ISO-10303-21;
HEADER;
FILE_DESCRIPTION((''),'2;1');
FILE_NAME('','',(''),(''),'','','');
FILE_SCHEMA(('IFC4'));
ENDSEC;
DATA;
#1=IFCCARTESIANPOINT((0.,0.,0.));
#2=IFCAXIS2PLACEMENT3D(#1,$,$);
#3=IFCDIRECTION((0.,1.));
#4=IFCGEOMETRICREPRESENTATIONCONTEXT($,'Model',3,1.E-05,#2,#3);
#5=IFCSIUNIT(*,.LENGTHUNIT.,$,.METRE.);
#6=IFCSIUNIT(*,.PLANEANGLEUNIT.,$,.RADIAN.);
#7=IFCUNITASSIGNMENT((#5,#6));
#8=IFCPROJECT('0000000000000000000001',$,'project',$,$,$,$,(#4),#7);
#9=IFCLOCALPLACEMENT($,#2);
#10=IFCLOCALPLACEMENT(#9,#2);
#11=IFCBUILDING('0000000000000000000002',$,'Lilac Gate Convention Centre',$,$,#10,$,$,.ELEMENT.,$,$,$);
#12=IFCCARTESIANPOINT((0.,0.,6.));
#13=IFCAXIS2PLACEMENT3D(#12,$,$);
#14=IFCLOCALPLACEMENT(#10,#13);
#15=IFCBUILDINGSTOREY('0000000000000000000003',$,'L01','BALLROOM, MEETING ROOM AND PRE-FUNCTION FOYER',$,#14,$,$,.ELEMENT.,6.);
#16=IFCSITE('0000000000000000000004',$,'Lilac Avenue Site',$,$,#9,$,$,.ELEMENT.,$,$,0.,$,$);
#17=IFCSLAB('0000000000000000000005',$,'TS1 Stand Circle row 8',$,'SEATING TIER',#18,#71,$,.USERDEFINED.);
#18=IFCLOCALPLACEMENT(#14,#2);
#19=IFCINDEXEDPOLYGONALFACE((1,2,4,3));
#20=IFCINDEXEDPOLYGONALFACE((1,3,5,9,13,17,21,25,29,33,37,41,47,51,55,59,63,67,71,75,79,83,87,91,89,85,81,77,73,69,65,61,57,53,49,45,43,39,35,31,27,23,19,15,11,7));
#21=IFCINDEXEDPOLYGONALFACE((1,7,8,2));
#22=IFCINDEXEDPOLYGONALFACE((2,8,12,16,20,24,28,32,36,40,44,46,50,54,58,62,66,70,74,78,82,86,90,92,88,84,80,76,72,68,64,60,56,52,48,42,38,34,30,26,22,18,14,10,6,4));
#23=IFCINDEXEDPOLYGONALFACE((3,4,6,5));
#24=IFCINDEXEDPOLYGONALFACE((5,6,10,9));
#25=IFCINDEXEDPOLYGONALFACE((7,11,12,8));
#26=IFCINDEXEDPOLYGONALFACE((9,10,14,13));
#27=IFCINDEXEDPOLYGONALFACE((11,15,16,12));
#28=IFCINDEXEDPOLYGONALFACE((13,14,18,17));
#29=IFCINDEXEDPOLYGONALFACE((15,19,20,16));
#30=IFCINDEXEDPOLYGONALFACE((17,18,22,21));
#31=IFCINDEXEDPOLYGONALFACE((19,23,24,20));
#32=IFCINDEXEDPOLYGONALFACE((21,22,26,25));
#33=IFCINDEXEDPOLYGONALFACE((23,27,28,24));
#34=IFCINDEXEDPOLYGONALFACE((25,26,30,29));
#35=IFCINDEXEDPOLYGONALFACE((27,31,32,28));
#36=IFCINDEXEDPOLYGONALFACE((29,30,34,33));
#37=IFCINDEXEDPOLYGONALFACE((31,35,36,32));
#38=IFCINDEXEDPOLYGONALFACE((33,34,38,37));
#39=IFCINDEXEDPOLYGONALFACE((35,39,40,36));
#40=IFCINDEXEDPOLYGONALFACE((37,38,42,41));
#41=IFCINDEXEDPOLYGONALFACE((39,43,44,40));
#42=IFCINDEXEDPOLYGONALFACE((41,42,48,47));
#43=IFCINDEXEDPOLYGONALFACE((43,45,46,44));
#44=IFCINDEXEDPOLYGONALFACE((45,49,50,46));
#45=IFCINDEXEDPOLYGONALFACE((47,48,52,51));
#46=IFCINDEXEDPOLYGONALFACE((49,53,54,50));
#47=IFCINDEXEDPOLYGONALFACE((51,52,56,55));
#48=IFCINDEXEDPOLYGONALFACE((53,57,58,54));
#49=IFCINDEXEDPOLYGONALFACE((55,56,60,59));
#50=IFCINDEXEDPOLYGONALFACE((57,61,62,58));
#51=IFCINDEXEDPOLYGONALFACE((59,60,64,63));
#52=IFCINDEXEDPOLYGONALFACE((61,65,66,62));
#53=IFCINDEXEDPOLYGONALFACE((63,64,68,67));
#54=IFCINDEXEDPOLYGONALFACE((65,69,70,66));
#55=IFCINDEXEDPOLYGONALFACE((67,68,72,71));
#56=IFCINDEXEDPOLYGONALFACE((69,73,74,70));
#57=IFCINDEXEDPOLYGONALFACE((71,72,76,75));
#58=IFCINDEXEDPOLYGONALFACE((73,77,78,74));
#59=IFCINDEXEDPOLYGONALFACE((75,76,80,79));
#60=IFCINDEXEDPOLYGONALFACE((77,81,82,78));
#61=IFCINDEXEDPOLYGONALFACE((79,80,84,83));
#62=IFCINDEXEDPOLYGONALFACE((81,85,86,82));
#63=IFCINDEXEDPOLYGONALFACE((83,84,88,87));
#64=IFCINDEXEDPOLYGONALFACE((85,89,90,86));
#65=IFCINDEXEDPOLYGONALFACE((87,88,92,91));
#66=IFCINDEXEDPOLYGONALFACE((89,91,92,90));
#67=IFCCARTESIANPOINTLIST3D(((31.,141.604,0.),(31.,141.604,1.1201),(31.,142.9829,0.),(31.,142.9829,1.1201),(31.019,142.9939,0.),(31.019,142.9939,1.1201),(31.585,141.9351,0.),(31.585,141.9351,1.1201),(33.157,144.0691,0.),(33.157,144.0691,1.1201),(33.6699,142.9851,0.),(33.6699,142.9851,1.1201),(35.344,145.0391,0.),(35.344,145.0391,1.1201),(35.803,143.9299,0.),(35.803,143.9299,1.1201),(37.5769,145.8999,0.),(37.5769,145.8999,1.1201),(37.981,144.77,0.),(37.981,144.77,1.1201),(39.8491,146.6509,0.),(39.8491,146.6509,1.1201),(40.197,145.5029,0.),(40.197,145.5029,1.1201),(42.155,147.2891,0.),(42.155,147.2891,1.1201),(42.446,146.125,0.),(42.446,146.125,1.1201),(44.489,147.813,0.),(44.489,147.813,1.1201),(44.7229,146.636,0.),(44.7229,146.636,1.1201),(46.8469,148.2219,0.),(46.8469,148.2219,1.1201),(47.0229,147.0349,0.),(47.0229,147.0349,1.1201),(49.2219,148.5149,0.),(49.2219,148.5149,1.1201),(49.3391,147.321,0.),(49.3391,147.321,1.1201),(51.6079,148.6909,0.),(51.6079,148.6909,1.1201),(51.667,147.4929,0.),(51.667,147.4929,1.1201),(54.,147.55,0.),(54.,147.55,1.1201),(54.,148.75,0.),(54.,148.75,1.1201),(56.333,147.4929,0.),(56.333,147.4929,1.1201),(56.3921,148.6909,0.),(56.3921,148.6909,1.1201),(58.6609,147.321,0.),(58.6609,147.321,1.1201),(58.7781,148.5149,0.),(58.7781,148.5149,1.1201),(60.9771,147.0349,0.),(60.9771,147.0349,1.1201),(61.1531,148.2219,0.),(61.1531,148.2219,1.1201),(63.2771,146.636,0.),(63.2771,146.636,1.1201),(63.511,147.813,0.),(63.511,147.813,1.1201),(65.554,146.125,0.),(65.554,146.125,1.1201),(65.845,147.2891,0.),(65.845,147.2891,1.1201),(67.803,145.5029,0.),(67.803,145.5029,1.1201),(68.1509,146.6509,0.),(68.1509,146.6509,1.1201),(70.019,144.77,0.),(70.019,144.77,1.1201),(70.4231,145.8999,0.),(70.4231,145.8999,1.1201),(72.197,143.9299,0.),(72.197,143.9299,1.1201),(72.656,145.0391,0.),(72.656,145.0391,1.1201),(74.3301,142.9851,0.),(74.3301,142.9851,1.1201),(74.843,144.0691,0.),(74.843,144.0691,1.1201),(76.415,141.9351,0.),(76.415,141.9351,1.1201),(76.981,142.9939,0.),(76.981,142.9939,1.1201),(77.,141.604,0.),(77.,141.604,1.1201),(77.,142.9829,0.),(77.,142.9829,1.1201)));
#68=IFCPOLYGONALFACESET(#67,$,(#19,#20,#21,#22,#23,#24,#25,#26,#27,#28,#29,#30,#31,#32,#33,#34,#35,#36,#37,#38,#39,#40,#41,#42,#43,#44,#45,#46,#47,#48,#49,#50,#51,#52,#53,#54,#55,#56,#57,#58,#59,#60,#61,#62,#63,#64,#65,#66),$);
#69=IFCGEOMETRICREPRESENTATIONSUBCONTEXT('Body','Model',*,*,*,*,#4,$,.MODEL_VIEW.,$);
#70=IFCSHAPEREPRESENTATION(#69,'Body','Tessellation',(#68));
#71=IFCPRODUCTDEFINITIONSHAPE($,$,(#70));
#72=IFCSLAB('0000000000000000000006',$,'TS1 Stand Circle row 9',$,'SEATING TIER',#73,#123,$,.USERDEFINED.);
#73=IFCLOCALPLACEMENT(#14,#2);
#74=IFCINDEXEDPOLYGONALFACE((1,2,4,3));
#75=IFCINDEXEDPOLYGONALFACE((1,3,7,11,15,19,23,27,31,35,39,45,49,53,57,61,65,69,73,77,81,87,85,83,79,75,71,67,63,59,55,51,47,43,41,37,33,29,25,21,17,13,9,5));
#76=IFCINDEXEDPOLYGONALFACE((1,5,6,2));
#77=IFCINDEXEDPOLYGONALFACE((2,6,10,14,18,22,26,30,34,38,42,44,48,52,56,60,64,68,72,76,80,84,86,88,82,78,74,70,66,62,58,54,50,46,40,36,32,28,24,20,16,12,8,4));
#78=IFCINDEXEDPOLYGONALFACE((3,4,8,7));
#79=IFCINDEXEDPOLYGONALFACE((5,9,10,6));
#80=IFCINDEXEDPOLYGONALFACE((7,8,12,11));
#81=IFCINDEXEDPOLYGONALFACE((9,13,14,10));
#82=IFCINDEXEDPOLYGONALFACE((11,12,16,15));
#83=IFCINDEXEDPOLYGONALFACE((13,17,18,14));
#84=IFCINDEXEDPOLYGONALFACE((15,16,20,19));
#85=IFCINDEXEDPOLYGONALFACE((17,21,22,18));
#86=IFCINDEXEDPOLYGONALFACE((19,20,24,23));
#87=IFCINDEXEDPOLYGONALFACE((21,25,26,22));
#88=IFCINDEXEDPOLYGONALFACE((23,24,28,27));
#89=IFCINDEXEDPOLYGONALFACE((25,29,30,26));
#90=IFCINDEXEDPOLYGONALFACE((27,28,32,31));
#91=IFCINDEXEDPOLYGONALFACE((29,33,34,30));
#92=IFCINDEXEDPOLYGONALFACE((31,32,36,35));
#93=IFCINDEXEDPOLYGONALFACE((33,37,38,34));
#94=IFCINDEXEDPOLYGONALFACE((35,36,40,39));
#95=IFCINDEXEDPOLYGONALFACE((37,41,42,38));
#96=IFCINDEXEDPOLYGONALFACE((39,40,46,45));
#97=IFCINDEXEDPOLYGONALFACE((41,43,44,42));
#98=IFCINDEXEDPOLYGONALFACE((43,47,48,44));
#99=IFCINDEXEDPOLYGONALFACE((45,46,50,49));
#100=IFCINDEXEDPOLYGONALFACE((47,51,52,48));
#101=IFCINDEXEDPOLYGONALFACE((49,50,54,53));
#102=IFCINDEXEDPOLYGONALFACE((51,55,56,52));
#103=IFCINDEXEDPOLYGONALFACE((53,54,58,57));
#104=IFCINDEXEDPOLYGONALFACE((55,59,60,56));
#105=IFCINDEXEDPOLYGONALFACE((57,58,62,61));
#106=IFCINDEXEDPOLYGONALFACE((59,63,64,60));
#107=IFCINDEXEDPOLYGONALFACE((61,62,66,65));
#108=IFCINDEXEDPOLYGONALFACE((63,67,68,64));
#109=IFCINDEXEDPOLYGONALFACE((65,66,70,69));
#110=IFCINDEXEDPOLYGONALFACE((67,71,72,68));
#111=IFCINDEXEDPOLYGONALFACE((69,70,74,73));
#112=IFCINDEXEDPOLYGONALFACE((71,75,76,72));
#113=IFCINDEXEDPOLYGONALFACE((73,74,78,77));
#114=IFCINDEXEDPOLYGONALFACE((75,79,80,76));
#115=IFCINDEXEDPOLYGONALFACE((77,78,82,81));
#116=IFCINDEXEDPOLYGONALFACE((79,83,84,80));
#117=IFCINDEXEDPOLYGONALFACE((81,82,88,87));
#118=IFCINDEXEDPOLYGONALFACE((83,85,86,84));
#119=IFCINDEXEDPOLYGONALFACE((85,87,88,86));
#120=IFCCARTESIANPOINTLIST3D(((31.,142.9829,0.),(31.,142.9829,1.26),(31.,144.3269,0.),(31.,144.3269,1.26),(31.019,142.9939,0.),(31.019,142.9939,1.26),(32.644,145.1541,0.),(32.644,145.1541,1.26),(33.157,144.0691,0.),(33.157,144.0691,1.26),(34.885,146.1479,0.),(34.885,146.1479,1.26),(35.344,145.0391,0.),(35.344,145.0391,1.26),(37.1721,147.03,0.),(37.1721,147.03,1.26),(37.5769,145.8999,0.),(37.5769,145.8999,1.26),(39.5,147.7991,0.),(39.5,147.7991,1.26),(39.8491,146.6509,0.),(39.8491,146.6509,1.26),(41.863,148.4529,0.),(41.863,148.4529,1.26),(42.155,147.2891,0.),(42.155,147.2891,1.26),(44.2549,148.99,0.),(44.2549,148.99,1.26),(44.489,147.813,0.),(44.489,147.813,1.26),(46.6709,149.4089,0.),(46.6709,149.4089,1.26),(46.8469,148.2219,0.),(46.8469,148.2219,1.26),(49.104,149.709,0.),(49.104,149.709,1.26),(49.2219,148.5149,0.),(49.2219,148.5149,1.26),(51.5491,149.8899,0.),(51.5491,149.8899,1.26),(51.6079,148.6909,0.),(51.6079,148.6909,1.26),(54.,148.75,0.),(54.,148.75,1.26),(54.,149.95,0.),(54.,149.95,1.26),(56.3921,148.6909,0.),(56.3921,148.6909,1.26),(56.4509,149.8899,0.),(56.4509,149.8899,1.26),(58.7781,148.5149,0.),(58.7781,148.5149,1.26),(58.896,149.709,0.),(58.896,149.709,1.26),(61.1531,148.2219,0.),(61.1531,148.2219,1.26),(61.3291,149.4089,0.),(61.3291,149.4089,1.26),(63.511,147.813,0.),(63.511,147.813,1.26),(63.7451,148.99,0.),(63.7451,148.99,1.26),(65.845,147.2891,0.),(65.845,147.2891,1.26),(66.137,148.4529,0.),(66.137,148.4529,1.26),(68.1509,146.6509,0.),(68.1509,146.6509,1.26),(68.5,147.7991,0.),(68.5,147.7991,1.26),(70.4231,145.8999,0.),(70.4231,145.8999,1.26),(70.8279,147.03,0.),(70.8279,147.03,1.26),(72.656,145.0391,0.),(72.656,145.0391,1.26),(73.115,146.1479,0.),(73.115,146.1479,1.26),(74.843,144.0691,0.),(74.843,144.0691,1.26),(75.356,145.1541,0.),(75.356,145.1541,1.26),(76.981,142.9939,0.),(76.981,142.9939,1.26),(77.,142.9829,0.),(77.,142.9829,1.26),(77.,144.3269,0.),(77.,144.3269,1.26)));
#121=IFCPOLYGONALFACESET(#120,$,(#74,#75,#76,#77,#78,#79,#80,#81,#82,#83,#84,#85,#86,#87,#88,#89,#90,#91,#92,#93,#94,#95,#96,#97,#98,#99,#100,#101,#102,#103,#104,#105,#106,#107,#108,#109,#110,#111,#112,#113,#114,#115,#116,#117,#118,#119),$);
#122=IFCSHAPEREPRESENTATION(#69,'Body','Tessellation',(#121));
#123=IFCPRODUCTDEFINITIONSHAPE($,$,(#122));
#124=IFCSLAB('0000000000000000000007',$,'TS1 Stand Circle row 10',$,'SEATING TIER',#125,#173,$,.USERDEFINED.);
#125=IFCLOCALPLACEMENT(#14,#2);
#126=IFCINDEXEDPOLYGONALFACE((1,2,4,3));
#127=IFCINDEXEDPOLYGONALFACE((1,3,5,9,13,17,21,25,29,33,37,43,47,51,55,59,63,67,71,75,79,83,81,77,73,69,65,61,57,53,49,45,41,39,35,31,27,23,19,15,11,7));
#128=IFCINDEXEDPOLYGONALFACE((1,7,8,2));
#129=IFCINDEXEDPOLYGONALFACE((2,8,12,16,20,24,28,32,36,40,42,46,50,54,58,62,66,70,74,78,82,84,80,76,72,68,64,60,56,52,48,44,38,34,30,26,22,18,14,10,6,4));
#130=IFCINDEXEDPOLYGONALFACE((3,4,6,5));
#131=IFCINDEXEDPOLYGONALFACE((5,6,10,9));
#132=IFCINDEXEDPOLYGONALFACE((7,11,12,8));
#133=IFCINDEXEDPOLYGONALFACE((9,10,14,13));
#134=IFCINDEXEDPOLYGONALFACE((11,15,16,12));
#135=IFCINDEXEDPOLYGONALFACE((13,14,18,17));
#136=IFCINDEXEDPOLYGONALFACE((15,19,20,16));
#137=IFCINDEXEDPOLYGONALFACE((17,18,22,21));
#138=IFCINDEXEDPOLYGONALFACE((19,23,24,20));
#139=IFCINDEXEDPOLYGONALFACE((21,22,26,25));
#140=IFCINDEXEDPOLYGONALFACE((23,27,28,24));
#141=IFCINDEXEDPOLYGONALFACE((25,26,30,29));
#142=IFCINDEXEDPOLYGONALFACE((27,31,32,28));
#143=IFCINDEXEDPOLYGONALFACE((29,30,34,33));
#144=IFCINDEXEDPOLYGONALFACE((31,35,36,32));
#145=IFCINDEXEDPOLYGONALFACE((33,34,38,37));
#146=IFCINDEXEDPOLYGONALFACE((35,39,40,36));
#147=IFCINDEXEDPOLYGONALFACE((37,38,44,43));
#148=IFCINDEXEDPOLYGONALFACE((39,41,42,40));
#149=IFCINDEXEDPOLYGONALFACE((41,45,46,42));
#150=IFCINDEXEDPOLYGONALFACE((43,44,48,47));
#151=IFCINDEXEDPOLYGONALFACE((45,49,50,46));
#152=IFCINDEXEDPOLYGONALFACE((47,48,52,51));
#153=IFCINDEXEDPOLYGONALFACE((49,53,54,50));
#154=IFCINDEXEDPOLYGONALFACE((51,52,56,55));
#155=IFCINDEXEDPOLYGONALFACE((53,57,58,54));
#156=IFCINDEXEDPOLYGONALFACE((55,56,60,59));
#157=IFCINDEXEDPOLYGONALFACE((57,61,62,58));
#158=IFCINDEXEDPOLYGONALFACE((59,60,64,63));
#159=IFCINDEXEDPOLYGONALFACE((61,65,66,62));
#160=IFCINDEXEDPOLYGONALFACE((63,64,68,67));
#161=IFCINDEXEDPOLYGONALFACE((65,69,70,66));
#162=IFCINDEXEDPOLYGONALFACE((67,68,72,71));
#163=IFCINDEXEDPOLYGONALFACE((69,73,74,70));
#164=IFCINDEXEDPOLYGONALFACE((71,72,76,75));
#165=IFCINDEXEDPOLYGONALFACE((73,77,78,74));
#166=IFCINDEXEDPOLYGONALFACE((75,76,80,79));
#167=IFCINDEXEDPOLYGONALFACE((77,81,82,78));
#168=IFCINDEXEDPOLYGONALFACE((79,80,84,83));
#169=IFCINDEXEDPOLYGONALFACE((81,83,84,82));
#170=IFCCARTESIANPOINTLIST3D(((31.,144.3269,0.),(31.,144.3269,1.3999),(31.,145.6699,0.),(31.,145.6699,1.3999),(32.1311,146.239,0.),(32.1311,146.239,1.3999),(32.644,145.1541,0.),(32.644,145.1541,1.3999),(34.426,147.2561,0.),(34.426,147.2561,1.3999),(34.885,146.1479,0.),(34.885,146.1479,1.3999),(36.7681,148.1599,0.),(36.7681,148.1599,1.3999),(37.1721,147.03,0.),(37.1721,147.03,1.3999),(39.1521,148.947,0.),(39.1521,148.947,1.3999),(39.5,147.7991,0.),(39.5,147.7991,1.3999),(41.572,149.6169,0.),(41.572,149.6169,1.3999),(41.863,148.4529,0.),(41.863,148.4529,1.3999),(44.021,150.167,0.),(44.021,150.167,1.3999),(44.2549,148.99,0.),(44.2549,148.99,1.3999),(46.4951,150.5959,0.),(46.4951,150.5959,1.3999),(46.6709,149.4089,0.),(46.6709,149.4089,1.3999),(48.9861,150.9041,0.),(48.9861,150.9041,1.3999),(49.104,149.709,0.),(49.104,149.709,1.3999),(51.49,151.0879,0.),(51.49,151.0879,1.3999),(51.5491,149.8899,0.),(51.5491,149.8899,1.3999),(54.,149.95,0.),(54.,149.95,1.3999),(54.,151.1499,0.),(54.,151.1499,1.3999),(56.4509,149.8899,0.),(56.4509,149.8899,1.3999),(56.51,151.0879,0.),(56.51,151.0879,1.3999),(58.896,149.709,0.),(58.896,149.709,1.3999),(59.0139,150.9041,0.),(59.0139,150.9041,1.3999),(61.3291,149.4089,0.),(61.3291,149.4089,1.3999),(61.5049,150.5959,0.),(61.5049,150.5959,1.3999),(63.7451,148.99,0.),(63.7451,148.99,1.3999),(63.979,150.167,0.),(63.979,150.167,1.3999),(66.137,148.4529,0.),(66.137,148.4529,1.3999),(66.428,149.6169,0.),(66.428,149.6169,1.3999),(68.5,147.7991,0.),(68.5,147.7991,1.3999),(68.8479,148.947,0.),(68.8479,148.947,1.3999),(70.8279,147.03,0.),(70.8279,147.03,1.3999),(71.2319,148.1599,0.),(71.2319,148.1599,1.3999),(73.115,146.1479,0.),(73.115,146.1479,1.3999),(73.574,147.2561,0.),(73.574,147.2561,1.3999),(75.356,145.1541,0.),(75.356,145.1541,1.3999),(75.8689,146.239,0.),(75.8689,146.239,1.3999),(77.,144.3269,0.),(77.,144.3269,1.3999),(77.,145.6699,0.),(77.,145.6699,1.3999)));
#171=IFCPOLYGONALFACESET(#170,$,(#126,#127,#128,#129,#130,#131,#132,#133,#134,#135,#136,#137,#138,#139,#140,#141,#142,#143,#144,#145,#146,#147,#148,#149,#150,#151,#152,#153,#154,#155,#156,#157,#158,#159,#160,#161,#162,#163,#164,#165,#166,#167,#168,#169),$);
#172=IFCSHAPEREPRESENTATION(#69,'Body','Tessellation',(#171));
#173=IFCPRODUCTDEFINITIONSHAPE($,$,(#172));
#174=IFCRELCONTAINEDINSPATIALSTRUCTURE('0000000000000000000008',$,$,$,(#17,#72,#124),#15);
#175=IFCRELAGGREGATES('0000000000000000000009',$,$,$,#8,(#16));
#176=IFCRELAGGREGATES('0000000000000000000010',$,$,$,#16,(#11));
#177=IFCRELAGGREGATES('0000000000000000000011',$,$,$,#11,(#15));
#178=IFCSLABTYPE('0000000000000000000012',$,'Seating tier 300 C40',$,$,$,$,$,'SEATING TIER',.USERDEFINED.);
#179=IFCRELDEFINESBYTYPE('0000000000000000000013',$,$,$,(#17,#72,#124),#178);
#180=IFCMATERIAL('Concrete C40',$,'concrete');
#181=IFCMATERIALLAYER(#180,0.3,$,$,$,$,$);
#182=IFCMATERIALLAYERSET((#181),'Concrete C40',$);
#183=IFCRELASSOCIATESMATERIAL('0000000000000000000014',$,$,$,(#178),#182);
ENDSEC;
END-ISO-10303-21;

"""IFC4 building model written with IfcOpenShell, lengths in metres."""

from ifc_helpers import new_model, si_unit, direction, frame, origin, place, context, subcontext, project, spatial, polyline, outline, extrude, material, layer, layer_set, type_object, element, save


model = new_model("IFC4")

# Units and contexts
model_context = context("Model", 3, precision=1e-05, world=origin(), true_north=direction((0.0, 1.0)))
body_context = subcontext(model_context, "Body", "Model", "MODEL_VIEW")
ifc_project = project(units=[si_unit("LENGTHUNIT", "METRE"), si_unit("PLANEANGLEUNIT", "RADIAN")], contexts=[model_context])

# Site, building, storey
site_placement = place(None, origin())
site = spatial("IfcSite", under=ifc_project, at=site_placement, Name="Lilac Avenue Site", CompositionType="ELEMENT", RefElevation=0.0)
building_placement = place(site_placement, origin())
building = spatial("IfcBuilding", under=site, at=building_placement, Name="Lilac Gate Convention Centre", CompositionType="ELEMENT")
storey_placement = place(building_placement, frame((0.0, 0.0, 6.0)))
storey = spatial("IfcBuildingStorey", under=building, at=storey_placement, Name="L01", Description="BALLROOM, MEETING ROOM AND PRE-FUNCTION FOYER", CompositionType="ELEMENT", Elevation=6.0)

# Shared definitions
ifc_material = material(Name="Concrete C40", Category="concrete")

# Slabs
ifc_layer_1 = layer(ifc_material, 0.3)
ifc_layer_set_1 = layer_set([ifc_layer_1], Name="Concrete C40")
slab_type_1 = type_object("IfcSlabType", Name="Seating tier 300 C40", ElementType="SEATING TIER", PredefinedType="USERDEFINED", material=ifc_layer_set_1)
slab_1_placement = place(storey_placement, origin())
element("IfcSlab", 1, at=slab_1_placement, inside=storey, type_object=slab_type_1, Name="TS1 Stand Circle row 8", ObjectType="SEATING TIER", PredefinedType="USERDEFINED", context=body_context, shape_type="SweptSolid", body=[
    extrude(outline(polyline([(31.019, 142.9939), (33.157, 144.0691), (35.344, 145.0391), (37.5769, 145.8999), (39.8491, 146.6509), (42.155, 147.2891), (44.489, 147.813), (46.8469, 148.2219), (49.2219, 148.5149), (51.6079, 148.6909), (54.0, 148.75), (56.3921, 148.6909), (58.7781, 148.5149), (61.1531, 148.2219), (63.511, 147.813), (65.845, 147.2891), (68.1509, 146.6509), (70.4231, 145.8999), (72.656, 145.0391), (74.843, 144.0691), (76.981, 142.9939), (77.0, 142.9829), (77.0, 141.604), (76.415, 141.9351), (74.3301, 142.9851), (72.197, 143.9299), (70.019, 144.77), (67.803, 145.5029), (65.554, 146.125), (63.2771, 146.636), (60.9771, 147.0349), (58.6609, 147.321), (56.333, 147.4929), (54.0, 147.55), (51.667, 147.4929), (49.3391, 147.321), (47.0229, 147.0349), (44.7229, 146.636), (42.446, 146.125), (40.197, 145.5029), (37.981, 144.77), (35.803, 143.9299), (33.6699, 142.9851), (31.585, 141.9351), (31.0, 141.604), (31.0, 142.9829), (31.019, 142.9939)])), origin(), (0.0, 0.0, 1.0), 1.1201),
])
slab_2_placement = place(storey_placement, origin())
element("IfcSlab", 2, at=slab_2_placement, inside=storey, type_object=slab_type_1, Name="TS1 Stand Circle row 9", ObjectType="SEATING TIER", PredefinedType="USERDEFINED", context=body_context, shape_type="SweptSolid", body=[
    extrude(outline(polyline([(32.644, 145.1541), (34.885, 146.1479), (37.1721, 147.03), (39.5, 147.7991), (41.863, 148.4529), (44.2549, 148.99), (46.6709, 149.4089), (49.104, 149.709), (51.5491, 149.8899), (54.0, 149.95), (56.4509, 149.8899), (58.896, 149.709), (61.3291, 149.4089), (63.7451, 148.99), (66.137, 148.4529), (68.5, 147.7991), (70.8279, 147.03), (73.115, 146.1479), (75.356, 145.1541), (77.0, 144.3269), (77.0, 142.9829), (76.981, 142.9939), (74.843, 144.0691), (72.656, 145.0391), (70.4231, 145.8999), (68.1509, 146.6509), (65.845, 147.2891), (63.511, 147.813), (61.1531, 148.2219), (58.7781, 148.5149), (56.3921, 148.6909), (54.0, 148.75), (51.6079, 148.6909), (49.2219, 148.5149), (46.8469, 148.2219), (44.489, 147.813), (42.155, 147.2891), (39.8491, 146.6509), (37.5769, 145.8999), (35.344, 145.0391), (33.157, 144.0691), (31.019, 142.9939), (31.0, 142.9829), (31.0, 144.3269), (32.644, 145.1541)])), origin(), (0.0, 0.0, 1.0), 1.26),
])
slab_3_placement = place(storey_placement, origin())
element("IfcSlab", 3, at=slab_3_placement, inside=storey, type_object=slab_type_1, Name="TS1 Stand Circle row 10", ObjectType="SEATING TIER", PredefinedType="USERDEFINED", context=body_context, shape_type="SweptSolid", body=[
    extrude(outline(polyline([(32.1311, 146.239), (34.426, 147.2561), (36.7681, 148.1599), (39.1521, 148.947), (41.572, 149.6169), (44.021, 150.167), (46.4951, 150.5959), (48.9861, 150.9041), (51.49, 151.0879), (54.0, 151.1499), (56.51, 151.0879), (59.0139, 150.9041), (61.5049, 150.5959), (63.979, 150.167), (66.428, 149.6169), (68.8479, 148.947), (71.2319, 148.1599), (73.574, 147.2561), (75.8689, 146.239), (77.0, 145.6699), (77.0, 144.3269), (75.356, 145.1541), (73.115, 146.1479), (70.8279, 147.03), (68.5, 147.7991), (66.137, 148.4529), (63.7451, 148.99), (61.3291, 149.4089), (58.896, 149.709), (56.4509, 149.8899), (54.0, 149.95), (51.5491, 149.8899), (49.104, 149.709), (46.6709, 149.4089), (44.2549, 148.99), (41.863, 148.4529), (39.5, 147.7991), (37.1721, 147.03), (34.885, 146.1479), (32.644, 145.1541), (31.0, 144.3269), (31.0, 145.6699), (32.1311, 146.239)])), origin(), (0.0, 0.0, 1.0), 1.3999),
])

save(model, "model.ifc")
